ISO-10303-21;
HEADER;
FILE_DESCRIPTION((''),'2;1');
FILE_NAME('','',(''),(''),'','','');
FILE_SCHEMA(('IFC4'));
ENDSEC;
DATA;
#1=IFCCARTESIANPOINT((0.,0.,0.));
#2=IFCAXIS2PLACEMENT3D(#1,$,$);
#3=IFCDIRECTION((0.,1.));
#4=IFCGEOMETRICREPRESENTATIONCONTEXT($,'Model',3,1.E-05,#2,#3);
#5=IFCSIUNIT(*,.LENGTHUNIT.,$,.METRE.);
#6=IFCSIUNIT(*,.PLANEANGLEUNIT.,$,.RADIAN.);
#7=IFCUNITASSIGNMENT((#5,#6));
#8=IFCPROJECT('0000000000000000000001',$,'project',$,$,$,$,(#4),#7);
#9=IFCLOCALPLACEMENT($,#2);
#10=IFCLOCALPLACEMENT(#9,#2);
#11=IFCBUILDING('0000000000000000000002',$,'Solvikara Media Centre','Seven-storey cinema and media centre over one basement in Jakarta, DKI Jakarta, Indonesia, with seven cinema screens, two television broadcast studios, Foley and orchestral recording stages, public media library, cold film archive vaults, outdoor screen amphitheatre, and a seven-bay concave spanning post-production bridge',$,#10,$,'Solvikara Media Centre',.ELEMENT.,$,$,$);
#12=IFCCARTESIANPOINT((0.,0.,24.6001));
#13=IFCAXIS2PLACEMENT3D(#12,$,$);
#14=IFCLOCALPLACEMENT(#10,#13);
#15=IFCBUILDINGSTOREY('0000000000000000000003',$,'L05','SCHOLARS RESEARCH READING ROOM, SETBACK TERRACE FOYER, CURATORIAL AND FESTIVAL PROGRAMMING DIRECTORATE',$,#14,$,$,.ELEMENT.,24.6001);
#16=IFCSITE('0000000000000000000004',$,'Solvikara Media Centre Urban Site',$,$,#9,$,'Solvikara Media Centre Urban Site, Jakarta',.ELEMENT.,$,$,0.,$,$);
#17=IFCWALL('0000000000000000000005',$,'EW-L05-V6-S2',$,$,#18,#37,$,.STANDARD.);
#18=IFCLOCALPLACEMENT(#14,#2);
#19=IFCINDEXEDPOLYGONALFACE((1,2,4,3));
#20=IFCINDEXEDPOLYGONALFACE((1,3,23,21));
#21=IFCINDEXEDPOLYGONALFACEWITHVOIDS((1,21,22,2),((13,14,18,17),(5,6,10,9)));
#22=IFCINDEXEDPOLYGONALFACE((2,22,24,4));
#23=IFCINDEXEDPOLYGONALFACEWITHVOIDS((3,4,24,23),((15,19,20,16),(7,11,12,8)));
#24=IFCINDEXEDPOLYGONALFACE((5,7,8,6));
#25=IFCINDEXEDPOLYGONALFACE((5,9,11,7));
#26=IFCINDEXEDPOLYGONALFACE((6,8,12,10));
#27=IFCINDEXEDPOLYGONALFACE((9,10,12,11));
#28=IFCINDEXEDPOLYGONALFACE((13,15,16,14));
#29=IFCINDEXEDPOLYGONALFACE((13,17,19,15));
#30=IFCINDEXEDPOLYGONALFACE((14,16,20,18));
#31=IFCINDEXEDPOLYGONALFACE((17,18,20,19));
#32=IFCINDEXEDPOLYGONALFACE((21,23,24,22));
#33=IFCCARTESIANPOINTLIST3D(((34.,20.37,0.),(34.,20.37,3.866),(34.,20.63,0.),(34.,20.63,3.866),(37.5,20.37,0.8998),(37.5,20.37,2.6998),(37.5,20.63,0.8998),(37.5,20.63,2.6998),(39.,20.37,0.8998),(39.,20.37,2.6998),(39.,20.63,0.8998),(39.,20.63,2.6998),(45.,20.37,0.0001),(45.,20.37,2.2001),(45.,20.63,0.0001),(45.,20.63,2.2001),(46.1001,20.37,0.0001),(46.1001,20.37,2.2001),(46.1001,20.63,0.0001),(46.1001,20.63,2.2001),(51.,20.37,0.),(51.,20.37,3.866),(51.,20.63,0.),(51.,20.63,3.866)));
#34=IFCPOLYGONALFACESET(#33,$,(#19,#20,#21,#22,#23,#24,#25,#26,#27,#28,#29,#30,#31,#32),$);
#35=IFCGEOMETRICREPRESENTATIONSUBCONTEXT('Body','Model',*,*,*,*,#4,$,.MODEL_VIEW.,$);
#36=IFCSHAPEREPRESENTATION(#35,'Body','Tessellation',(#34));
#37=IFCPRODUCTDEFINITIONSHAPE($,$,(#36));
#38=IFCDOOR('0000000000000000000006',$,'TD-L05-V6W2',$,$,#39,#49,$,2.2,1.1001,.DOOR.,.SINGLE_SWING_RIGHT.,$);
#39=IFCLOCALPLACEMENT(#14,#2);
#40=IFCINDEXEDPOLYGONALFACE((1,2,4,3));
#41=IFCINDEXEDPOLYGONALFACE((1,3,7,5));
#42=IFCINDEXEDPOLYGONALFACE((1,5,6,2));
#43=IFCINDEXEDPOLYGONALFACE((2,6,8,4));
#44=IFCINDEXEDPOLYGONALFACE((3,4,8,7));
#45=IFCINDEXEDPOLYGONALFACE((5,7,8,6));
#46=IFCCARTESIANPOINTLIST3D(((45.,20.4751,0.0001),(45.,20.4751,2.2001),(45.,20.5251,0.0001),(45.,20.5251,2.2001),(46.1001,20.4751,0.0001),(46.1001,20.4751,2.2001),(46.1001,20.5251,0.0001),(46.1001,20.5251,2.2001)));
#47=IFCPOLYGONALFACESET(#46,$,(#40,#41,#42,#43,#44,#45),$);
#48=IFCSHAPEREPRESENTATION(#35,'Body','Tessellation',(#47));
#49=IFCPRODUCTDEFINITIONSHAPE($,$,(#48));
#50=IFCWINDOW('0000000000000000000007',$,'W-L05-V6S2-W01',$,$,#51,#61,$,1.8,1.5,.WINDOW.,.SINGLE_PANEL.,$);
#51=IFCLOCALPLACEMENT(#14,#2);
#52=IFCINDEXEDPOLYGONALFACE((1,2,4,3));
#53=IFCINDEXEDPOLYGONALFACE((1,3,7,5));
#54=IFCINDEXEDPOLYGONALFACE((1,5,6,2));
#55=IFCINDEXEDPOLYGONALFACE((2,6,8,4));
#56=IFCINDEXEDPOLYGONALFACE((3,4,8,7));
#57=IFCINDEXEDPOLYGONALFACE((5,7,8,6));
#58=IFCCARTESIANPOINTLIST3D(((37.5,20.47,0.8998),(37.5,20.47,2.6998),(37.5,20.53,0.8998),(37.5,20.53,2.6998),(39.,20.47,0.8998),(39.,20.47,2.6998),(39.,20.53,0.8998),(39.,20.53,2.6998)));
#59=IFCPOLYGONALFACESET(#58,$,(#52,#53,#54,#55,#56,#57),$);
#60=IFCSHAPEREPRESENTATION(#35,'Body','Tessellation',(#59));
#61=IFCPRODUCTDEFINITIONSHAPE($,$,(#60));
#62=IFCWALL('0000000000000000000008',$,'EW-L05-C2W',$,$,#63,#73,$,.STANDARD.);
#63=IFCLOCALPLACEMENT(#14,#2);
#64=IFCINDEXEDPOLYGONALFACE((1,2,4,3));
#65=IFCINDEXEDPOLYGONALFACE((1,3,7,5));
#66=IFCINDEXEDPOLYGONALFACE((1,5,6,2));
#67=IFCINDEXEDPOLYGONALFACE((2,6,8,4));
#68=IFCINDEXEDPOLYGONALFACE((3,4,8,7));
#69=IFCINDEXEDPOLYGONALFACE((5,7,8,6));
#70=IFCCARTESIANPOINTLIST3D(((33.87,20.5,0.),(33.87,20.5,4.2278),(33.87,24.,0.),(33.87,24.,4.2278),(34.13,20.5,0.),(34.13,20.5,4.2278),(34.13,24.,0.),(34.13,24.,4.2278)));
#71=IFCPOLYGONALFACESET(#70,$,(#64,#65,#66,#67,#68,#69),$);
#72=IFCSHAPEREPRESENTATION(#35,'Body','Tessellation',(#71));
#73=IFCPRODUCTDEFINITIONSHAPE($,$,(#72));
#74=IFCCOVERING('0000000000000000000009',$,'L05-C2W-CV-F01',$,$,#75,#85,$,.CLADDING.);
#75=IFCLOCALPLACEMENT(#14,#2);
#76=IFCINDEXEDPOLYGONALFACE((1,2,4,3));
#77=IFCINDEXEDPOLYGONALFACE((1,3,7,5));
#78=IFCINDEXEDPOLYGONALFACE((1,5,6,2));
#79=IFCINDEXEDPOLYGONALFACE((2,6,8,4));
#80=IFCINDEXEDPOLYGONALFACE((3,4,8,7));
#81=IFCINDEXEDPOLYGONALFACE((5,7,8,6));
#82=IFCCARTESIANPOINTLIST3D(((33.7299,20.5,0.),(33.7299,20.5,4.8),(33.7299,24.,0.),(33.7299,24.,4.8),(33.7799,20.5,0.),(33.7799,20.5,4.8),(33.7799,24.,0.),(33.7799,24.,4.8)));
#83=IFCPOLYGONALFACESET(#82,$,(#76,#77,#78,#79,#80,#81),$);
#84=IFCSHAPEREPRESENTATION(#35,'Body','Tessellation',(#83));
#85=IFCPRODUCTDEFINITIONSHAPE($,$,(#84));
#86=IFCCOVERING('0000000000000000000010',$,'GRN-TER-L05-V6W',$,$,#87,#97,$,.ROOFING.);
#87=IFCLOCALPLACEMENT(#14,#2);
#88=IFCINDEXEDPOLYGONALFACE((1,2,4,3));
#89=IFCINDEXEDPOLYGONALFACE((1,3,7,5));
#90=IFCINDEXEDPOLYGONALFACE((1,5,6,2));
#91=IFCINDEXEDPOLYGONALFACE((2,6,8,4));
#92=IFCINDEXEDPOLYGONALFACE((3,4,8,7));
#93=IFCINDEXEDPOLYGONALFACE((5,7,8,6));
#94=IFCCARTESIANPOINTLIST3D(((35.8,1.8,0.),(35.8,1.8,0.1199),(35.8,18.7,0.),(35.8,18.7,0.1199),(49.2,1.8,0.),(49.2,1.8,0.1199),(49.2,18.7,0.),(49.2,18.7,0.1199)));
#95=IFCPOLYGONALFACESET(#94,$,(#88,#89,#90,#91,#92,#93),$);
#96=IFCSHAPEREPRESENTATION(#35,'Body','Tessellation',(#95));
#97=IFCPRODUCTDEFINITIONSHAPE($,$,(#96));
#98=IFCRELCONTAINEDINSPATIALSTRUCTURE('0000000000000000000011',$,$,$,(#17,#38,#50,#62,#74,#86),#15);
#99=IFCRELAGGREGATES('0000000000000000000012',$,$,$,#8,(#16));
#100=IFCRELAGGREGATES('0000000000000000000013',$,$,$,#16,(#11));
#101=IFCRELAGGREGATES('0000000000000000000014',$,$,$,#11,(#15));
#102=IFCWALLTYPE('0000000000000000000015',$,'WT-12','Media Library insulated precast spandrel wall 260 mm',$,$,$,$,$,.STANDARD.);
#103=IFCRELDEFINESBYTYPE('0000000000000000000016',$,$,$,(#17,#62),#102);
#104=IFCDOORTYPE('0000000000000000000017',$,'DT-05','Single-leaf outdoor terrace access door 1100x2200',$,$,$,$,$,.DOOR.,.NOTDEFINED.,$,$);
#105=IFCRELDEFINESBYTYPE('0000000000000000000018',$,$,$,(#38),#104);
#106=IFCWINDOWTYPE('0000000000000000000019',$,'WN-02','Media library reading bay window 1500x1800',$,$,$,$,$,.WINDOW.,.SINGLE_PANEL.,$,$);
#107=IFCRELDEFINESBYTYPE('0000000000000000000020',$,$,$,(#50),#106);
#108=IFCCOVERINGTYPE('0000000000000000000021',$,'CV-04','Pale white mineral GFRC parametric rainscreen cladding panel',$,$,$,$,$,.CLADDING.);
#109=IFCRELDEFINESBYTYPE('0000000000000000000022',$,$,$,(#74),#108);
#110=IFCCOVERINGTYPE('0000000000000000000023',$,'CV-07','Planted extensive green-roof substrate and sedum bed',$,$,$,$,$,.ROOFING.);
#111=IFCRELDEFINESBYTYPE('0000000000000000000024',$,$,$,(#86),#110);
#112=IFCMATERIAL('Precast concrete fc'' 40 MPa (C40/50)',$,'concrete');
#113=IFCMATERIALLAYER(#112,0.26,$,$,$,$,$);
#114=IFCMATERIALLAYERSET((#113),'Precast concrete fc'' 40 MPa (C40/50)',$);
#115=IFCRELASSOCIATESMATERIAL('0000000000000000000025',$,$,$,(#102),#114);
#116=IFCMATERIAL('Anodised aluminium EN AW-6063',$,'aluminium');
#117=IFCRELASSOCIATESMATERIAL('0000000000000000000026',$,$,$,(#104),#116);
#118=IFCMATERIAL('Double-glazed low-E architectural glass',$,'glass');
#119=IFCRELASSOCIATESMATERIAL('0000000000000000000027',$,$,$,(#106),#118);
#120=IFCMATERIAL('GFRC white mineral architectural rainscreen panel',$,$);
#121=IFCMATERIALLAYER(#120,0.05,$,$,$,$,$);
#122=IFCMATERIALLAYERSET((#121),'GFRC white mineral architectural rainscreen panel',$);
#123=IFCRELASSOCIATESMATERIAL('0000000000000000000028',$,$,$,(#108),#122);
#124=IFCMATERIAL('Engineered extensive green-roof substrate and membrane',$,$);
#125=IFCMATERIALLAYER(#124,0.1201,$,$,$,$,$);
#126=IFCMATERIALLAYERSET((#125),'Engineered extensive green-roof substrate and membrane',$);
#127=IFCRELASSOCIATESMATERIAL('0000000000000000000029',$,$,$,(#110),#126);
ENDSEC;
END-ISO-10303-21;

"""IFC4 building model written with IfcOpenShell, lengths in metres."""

from ifc_helpers import new_model, si_unit, direction, frame, frame_2d, origin, origin_2d, place, context, subcontext, project, spatial, polyline, rectangle, outline, extrude, material, layer, layer_set, type_object, element, fill, save


model = new_model("IFC4")

# Units and contexts
model_context = context("Model", 3, precision=1e-05, world=origin(), true_north=direction((0.0, 1.0)))
body_context = subcontext(model_context, "Body", "Model", "MODEL_VIEW")
ifc_project = project(units=[si_unit("LENGTHUNIT", "METRE"), si_unit("PLANEANGLEUNIT", "RADIAN")], contexts=[model_context])

# Site, building, storey
site_placement = place(None, origin())
site = spatial("IfcSite", under=ifc_project, at=site_placement, Name="Solvikara Media Centre Urban Site", LongName="Solvikara Media Centre Urban Site, Jakarta", CompositionType="ELEMENT", RefElevation=0.0)
building_placement = place(site_placement, origin())
building = spatial("IfcBuilding", under=site, at=building_placement, Name="Solvikara Media Centre", Description="Seven-storey cinema and media centre over one basement in Jakarta, DKI Jakarta, Indonesia, with seven cinema screens, two television broadcast studios, Foley and orchestral recording stages, public media library, cold film archive vaults, outdoor screen amphitheatre, and a seven-bay concave spanning post-production bridge", LongName="Solvikara Media Centre", CompositionType="ELEMENT")
storey_placement = place(building_placement, frame((0.0, 0.0, 24.6001)))
storey = spatial("IfcBuildingStorey", under=building, at=storey_placement, Name="L05", Description="SCHOLARS RESEARCH READING ROOM, SETBACK TERRACE FOYER, CURATORIAL AND FESTIVAL PROGRAMMING DIRECTORATE", CompositionType="ELEMENT", Elevation=24.6001)

# Wall, openings, door, window
ifc_material_1 = material(Name="Precast concrete fc' 40 MPa (C40/50)", Category="concrete")
ifc_layer_1 = layer(ifc_material_1, 0.26)
ifc_layer_set_1 = layer_set([ifc_layer_1], Name="Precast concrete fc' 40 MPa (C40/50)")
wall_type_1 = type_object("IfcWallType", Name="WT-12", Description="Media Library insulated precast spandrel wall 260 mm", PredefinedType="STANDARD", material=ifc_layer_set_1)
wall_1_placement = place(storey_placement, frame((34.0, 20.5, 0.0), z_axis=(0.0, 0.0, 1.0), x_axis=(1.0, 0.0, 0.0)))
wall_1 = element("IfcWall", 1, at=wall_1_placement, inside=storey, type_object=wall_type_1, Name="EW-L05-V6-S2", PredefinedType="STANDARD", context=body_context, shape_type="SweptSolid", body=[
    extrude(rectangle(XDim=17.0, YDim=0.26, at=frame_2d((8.5, 0.0))), origin(), (0.0, 0.0, 1.0), 3.866),
])
opening_1_placement = place(wall_1_placement, frame((11.0, 0.0, 0.0)))
opening_1 = element("IfcOpeningElement", 2, at=opening_1_placement, cuts=wall_1, PredefinedType="OPENING", context=body_context, shape_type="SweptSolid", body=[
    extrude(rectangle(XDim=1.1001, YDim=2.2, at=frame_2d((0.55, 1.1001))), frame((0.0, 0.1421, 0.0), z_axis=(0.0, -1.0, 0.0), x_axis=(1.0, 0.0, 0.0)), (0.0, 0.0, 1.0), 0.2839),
])
opening_2_placement = place(wall_1_placement, frame((3.5, 0.0, 0.8999)))
opening_2 = element("IfcOpeningElement", 3, at=opening_2_placement, cuts=wall_1, PredefinedType="OPENING", context=body_context, shape_type="SweptSolid", body=[
    extrude(rectangle(XDim=1.5, YDim=1.8, at=frame_2d((0.75, 0.8999))), frame((0.0, 0.1421, 0.0), z_axis=(0.0, -1.0, 0.0), x_axis=(1.0, 0.0, 0.0)), (0.0, 0.0, 1.0), 0.2839),
])
ifc_material_2 = material(Name="Anodised aluminium EN AW-6063", Category="aluminium")
door_type = type_object("IfcDoorType", Name="DT-05", Description="Single-leaf outdoor terrace access door 1100x2200", OperationType="NOTDEFINED", PredefinedType="DOOR", material=ifc_material_2)
door_placement = place(opening_1_placement, frame((1.1001, 0.0, 0.0), z_axis=(0.0, 0.0, 1.0), x_axis=(-1.0, 0.0, 0.0)))
door = element("IfcDoor", 4, at=door_placement, inside=storey, type_object=door_type, Name="TD-L05-V6W2", OperationType="SINGLE_SWING_RIGHT", OverallHeight=2.2, OverallWidth=1.1001, PredefinedType="DOOR", context=body_context, shape_type="SweptSolid", body=[
    extrude(rectangle(XDim=1.1001, YDim=2.2, at=frame_2d((0.55, 1.1001))), frame((0.0, 0.0249, 0.0), z_axis=(0.0, -1.0, 0.0), x_axis=(1.0, 0.0, 0.0)), (0.0, 0.0, 1.0), 0.05),
])
fill(opening_1, door)
ifc_material_3 = material(Name="Double-glazed low-E architectural glass", Category="glass")
window_type = type_object("IfcWindowType", Name="WN-02", Description="Media library reading bay window 1500x1800", PartitioningType="SINGLE_PANEL", PredefinedType="WINDOW", material=ifc_material_3)
window_placement = place(opening_2_placement, origin())
window = element("IfcWindow", 5, at=window_placement, inside=storey, type_object=window_type, Name="W-L05-V6S2-W01", OverallHeight=1.8, OverallWidth=1.5, PartitioningType="SINGLE_PANEL", PredefinedType="WINDOW", context=body_context, shape_type="SweptSolid", body=[
    extrude(rectangle(XDim=1.5, YDim=1.8, at=frame_2d((0.75, 0.8999))), frame((0.0, 0.03, 0.0), z_axis=(0.0, -1.0, 0.0), x_axis=(1.0, 0.0, 0.0)), (0.0, 0.0, 1.0), 0.0601),
])
fill(opening_2, window)

# Wall
wall_2_placement = place(storey_placement, frame((34.0, 20.5, 0.0), z_axis=(0.0, 0.0, 1.0), x_axis=(0.0, 1.0, 0.0)))
element("IfcWall", 6, at=wall_2_placement, inside=storey, type_object=wall_type_1, Name="EW-L05-C2W", PredefinedType="STANDARD", context=body_context, shape_type="SweptSolid", body=[
    extrude(rectangle(XDim=3.5, YDim=0.26, at=frame_2d((1.75, 0.0))), origin(), (0.0, 0.0, 1.0), 4.2278),
])

# Coverings
ifc_material_4 = material(Name="GFRC white mineral architectural rainscreen panel")
ifc_layer_2 = layer(ifc_material_4, 0.05)
ifc_layer_set_2 = layer_set([ifc_layer_2], Name="GFRC white mineral architectural rainscreen panel")
covering_type_1 = type_object("IfcCoveringType", Name="CV-04", Description="Pale white mineral GFRC parametric rainscreen cladding panel", PredefinedType="CLADDING", material=ifc_layer_set_2)
covering_1_placement = place(storey_placement, frame((33.7549, 22.25, 0.0), z_axis=(0.0, 0.0, 1.0), x_axis=(0.0, 1.0, 0.0)))
element("IfcCovering", 7, at=covering_1_placement, inside=storey, type_object=covering_type_1, Name="L05-C2W-CV-F01", PredefinedType="CLADDING", context=body_context, shape_type="SweptSolid", body=[
    extrude(rectangle(XDim=3.5, YDim=0.05, at=origin_2d()), origin(), (0.0, 0.0, 1.0), 4.8),
])
ifc_material_5 = material(Name="Engineered extensive green-roof substrate and membrane")
ifc_layer_3 = layer(ifc_material_5, 0.1201)
ifc_layer_set_3 = layer_set([ifc_layer_3], Name="Engineered extensive green-roof substrate and membrane")
covering_type_2 = type_object("IfcCoveringType", Name="CV-07", Description="Planted extensive green-roof substrate and sedum bed", PredefinedType="ROOFING", material=ifc_layer_set_3)
covering_2_placement = place(storey_placement, origin())
element("IfcCovering", 8, at=covering_2_placement, inside=storey, type_object=covering_type_2, Name="GRN-TER-L05-V6W", PredefinedType="ROOFING", context=body_context, shape_type="SweptSolid", body=[
    extrude(outline(polyline([(35.8, 1.8), (49.2, 1.8), (49.2, 18.7), (35.8, 18.7), (35.8, 1.8)])), origin(), (0.0, 0.0, 1.0), 0.1199),
])

save(model, "model.ifc")
